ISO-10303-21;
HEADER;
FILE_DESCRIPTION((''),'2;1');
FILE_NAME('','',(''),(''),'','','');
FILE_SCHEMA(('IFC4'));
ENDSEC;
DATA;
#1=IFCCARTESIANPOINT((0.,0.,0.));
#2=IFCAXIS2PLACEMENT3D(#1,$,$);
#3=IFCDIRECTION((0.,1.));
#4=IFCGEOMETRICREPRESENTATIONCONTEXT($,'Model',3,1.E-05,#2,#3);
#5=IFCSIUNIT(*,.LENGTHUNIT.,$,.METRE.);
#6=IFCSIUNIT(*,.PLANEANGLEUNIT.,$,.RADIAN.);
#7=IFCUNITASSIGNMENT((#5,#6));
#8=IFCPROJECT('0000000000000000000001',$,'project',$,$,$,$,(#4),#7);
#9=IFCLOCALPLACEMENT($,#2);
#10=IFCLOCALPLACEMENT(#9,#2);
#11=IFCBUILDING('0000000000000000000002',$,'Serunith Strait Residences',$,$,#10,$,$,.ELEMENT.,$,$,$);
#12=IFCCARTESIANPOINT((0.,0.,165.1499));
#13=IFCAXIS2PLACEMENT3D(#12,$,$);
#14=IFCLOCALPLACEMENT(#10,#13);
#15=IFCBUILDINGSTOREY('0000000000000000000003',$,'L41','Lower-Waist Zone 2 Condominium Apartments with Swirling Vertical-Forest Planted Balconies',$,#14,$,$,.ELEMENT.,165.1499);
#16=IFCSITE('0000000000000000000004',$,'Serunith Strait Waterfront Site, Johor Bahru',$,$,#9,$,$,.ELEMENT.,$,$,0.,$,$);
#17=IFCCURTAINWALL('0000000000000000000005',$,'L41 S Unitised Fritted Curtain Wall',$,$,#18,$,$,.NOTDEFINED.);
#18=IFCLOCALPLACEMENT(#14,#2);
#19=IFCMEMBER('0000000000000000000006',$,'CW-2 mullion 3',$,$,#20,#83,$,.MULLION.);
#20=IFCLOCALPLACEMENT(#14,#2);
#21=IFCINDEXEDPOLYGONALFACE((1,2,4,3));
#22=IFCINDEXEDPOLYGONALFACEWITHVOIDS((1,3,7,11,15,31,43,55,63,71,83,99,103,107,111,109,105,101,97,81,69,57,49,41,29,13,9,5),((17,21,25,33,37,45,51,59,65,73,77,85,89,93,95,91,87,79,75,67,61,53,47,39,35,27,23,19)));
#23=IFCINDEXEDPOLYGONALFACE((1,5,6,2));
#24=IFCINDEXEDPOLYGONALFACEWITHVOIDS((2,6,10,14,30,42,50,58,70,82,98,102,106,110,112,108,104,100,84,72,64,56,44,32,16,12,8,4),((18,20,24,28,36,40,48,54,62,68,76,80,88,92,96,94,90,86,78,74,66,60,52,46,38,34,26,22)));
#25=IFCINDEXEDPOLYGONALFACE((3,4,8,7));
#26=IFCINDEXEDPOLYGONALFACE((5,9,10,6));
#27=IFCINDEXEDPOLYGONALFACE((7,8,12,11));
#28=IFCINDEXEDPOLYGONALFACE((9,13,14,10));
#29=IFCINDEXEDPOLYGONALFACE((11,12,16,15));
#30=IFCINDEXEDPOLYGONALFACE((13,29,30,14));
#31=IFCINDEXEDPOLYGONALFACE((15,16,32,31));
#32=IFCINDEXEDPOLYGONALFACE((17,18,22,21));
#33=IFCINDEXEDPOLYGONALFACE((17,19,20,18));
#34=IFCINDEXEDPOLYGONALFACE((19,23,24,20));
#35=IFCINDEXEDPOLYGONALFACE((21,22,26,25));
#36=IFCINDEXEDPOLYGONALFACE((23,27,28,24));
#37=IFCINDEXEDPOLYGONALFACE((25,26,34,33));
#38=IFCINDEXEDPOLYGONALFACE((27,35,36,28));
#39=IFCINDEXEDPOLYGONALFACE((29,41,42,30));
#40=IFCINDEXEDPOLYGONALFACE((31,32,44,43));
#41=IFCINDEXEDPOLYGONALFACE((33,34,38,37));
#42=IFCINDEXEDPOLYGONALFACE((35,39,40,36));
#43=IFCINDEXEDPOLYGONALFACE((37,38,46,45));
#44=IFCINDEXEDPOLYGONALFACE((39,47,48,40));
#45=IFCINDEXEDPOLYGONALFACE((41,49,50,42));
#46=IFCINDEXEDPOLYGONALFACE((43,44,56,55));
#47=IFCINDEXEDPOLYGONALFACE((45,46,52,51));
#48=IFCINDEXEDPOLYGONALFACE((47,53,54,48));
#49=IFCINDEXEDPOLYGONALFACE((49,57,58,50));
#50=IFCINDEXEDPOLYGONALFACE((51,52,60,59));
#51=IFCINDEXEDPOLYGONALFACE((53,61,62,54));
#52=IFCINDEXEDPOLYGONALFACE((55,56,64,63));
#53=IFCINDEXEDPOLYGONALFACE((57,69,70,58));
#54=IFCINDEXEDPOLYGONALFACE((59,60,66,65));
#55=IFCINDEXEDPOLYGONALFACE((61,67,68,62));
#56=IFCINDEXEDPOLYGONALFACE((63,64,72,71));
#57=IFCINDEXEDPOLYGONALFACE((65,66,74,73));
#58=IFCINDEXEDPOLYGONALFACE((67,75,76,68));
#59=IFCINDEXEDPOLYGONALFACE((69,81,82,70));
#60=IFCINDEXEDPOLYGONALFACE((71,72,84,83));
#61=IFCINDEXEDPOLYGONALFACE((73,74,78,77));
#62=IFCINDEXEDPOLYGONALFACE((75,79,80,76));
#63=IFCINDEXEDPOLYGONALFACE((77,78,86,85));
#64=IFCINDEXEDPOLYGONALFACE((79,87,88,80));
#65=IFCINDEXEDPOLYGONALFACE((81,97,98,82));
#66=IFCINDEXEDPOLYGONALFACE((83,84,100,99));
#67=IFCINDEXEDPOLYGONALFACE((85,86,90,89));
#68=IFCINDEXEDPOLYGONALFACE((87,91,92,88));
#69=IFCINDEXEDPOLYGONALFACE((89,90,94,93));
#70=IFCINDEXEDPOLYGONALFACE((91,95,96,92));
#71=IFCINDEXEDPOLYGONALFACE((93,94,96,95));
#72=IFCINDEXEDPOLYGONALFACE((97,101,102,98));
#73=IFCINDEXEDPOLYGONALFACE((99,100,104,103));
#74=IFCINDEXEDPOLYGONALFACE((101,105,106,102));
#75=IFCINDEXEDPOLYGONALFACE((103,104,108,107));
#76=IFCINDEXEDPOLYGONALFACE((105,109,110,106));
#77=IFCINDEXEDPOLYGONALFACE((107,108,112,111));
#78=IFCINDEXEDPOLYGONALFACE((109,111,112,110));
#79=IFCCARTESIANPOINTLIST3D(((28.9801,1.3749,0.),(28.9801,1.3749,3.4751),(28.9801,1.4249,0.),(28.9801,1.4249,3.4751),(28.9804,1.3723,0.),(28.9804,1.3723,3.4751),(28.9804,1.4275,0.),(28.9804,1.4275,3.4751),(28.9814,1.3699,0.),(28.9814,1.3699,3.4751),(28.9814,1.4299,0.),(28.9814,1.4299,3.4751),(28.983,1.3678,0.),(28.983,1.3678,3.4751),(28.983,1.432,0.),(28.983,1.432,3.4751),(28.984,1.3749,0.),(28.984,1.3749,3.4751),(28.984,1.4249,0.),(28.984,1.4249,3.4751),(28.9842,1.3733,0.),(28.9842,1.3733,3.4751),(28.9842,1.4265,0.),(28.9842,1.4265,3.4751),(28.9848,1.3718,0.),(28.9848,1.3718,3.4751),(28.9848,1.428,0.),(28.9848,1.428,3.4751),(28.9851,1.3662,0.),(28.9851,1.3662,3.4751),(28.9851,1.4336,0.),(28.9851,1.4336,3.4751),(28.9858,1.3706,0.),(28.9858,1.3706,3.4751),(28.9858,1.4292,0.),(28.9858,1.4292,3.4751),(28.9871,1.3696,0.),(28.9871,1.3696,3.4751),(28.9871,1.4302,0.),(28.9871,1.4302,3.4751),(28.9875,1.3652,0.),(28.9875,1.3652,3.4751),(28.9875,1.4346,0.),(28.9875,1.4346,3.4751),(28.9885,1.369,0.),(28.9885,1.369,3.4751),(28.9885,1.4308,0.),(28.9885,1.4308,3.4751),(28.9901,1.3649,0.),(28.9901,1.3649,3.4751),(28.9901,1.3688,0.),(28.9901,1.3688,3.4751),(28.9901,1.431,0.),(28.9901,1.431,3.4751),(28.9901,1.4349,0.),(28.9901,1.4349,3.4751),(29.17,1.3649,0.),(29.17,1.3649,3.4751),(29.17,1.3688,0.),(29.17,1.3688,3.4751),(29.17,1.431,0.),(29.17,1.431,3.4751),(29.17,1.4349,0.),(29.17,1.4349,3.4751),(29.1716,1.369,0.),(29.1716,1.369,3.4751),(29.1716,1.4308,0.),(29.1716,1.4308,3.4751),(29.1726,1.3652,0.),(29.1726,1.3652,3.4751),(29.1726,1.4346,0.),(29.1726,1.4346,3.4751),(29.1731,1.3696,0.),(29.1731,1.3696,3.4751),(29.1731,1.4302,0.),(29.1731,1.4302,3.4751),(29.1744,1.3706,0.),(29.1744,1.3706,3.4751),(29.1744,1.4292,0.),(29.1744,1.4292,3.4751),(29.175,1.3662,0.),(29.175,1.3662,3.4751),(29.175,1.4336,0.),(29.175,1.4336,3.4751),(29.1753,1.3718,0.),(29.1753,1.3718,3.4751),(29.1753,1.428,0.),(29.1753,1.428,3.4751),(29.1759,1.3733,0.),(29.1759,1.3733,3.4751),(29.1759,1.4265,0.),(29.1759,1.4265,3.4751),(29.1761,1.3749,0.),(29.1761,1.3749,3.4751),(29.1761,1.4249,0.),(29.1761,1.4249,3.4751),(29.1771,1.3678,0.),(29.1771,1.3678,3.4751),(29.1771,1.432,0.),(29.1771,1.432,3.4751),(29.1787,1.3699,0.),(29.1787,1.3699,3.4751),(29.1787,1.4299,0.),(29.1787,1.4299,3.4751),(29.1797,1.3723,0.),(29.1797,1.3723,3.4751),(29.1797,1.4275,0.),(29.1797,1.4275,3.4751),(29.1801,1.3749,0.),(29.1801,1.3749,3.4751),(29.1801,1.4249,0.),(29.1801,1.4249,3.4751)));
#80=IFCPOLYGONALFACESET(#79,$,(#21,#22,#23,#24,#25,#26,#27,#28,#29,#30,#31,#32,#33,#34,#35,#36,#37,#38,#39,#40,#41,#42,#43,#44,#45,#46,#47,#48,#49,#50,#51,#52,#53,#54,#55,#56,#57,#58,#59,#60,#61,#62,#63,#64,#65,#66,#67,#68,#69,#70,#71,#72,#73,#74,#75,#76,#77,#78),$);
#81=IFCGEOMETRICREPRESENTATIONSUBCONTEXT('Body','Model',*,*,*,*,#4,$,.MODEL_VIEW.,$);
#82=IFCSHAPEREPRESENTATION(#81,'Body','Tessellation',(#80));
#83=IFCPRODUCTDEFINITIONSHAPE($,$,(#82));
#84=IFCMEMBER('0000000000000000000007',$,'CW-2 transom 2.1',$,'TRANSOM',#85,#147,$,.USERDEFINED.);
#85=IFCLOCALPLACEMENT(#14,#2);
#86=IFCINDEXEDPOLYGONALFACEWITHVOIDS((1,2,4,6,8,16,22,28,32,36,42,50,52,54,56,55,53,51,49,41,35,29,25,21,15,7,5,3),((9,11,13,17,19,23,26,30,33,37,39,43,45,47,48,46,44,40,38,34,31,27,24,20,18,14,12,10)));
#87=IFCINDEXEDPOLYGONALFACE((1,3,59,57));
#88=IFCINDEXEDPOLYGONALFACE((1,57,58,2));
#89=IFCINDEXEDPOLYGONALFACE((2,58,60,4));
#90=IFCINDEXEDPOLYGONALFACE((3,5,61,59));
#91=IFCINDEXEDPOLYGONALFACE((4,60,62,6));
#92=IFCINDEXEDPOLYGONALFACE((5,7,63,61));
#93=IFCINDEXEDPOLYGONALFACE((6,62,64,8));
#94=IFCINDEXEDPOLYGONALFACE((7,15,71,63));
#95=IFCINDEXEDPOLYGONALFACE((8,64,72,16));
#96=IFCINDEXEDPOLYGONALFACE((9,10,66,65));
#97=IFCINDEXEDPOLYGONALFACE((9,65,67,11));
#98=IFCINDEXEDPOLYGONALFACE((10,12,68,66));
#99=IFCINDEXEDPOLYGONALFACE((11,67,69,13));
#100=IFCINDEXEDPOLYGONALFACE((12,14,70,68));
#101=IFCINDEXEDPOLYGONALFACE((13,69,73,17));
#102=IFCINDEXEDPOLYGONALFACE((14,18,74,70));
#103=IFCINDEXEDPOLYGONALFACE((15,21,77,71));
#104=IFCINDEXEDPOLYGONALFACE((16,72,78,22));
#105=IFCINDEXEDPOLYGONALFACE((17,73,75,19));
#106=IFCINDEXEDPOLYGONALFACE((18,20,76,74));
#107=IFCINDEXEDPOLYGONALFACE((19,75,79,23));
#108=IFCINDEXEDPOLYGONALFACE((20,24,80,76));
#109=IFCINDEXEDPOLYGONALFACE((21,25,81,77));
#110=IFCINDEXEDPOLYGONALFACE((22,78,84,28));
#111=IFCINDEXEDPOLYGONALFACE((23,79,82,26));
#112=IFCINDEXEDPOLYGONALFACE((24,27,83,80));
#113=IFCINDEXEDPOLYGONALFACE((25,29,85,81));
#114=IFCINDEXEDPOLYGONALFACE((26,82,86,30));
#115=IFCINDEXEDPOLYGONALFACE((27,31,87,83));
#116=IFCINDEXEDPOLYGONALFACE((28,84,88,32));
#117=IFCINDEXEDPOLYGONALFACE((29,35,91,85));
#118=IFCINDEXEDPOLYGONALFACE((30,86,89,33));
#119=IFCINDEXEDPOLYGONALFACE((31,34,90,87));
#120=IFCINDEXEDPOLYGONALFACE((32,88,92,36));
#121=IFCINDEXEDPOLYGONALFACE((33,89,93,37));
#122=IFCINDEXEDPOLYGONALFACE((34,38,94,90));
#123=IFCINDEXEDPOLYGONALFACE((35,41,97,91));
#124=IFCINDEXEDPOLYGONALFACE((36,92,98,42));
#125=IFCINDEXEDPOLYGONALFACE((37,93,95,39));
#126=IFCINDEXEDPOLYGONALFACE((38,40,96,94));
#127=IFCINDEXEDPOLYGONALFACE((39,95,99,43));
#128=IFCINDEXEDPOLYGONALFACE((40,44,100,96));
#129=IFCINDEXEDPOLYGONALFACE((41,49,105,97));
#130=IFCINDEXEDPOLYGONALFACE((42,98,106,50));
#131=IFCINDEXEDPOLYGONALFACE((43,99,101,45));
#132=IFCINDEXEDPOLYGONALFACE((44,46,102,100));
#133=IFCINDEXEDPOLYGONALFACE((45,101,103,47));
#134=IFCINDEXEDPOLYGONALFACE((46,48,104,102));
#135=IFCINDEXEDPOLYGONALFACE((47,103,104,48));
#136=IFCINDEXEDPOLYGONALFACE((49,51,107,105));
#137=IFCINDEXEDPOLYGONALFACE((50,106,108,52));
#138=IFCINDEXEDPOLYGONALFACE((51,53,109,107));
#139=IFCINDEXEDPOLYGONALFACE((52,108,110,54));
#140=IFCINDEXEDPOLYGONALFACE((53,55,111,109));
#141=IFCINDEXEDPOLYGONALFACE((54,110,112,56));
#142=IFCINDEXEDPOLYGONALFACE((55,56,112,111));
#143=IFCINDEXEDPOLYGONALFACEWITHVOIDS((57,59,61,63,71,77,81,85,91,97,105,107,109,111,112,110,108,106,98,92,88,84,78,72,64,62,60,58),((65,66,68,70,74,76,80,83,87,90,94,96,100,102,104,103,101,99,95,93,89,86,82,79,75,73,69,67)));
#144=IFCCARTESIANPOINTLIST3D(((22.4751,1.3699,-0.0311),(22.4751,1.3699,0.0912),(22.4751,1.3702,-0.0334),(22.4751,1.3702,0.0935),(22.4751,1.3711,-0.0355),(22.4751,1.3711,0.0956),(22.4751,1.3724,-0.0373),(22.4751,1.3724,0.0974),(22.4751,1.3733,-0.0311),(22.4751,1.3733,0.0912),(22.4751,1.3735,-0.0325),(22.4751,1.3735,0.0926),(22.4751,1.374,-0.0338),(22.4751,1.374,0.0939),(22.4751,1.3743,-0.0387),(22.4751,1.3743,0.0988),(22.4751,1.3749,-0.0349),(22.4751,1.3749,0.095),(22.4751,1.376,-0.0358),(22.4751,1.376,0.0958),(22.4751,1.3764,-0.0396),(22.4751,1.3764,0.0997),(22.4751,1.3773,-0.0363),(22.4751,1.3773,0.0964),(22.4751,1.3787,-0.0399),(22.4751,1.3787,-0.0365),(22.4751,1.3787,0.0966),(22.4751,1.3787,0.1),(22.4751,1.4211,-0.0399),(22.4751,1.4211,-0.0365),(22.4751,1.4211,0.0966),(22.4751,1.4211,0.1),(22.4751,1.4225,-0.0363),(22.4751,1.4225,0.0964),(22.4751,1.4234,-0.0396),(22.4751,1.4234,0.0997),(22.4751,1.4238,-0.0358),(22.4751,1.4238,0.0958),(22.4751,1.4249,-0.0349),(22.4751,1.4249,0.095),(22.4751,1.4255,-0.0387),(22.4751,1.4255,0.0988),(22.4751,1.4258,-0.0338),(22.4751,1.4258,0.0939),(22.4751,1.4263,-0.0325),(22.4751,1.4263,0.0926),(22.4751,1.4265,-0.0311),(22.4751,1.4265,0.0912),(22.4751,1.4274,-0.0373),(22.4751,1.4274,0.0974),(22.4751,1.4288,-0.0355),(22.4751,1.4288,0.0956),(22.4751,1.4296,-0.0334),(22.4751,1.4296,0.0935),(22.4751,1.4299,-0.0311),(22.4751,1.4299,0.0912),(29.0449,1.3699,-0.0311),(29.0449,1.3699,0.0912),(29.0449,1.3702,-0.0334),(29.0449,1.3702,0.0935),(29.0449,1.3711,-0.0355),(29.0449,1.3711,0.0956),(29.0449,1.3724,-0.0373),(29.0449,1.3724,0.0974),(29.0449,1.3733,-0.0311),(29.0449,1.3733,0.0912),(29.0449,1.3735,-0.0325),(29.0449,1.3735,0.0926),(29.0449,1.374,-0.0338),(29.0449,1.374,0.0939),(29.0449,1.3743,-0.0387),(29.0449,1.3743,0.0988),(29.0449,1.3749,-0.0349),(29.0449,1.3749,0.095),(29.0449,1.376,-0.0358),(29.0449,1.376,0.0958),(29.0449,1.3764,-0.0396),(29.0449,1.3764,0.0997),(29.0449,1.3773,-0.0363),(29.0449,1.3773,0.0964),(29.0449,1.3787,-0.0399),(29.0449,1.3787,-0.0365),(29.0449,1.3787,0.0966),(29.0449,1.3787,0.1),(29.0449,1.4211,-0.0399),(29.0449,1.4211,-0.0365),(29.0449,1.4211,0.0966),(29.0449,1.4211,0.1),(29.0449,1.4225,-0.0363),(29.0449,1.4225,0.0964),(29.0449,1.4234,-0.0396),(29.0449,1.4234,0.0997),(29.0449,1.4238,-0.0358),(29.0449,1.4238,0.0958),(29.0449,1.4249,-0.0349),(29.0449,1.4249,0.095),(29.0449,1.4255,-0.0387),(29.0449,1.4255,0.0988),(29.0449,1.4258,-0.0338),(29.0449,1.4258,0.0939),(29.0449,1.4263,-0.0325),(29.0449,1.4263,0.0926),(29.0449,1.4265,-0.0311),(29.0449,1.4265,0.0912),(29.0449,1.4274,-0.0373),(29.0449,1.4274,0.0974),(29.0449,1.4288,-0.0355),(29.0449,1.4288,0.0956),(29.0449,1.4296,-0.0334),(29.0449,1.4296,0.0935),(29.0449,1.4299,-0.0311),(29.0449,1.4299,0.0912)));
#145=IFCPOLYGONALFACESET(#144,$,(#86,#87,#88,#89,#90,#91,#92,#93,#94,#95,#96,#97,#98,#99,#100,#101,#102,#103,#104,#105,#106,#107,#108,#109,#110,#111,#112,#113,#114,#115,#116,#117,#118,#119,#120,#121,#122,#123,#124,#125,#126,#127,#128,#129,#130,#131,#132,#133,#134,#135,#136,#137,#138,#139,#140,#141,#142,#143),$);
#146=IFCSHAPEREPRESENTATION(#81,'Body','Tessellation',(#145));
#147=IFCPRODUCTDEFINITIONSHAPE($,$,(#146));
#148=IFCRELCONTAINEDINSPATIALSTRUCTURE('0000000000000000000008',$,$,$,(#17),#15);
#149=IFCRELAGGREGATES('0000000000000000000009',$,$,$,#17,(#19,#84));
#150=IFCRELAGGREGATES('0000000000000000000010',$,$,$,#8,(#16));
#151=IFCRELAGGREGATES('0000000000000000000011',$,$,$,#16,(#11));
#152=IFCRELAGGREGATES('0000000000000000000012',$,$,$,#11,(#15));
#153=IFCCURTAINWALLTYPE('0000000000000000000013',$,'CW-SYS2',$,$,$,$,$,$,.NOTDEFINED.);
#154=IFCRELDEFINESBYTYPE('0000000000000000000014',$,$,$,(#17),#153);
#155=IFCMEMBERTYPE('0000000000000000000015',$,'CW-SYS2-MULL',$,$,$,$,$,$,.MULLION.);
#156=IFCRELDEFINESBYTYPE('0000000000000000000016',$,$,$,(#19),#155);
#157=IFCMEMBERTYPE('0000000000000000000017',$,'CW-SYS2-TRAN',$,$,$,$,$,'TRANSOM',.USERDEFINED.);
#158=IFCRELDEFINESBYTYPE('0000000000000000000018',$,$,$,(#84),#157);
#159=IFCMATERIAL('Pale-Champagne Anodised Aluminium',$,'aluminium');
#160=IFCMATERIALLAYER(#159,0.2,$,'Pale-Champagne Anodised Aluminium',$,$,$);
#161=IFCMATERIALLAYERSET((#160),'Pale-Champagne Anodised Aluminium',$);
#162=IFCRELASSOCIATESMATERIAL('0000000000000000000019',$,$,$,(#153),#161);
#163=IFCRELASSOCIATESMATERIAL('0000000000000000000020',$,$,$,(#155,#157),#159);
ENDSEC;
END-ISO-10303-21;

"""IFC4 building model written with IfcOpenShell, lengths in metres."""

from ifc_helpers import new_model, si_unit, direction, frame, origin, origin_2d, place, context, subcontext, project, spatial, hollow_rectangle, extrude, source, transform, mapped, material, layer, layer_set, material_profile, profile_set, type_object, element, aggregate, save


model = new_model("IFC4")

# Units and contexts
model_context = context("Model", 3, precision=1e-05, world=origin(), true_north=direction((0.0, 1.0)))
body_context = subcontext(model_context, "Body", "Model", "MODEL_VIEW")
ifc_project = project(units=[si_unit("LENGTHUNIT", "METRE"), si_unit("PLANEANGLEUNIT", "RADIAN")], contexts=[model_context])

# Site, building, storey
site_placement = place(None, origin())
site = spatial("IfcSite", under=ifc_project, at=site_placement, Name="Serunith Strait Waterfront Site, Johor Bahru", CompositionType="ELEMENT", RefElevation=0.0)
building_placement = place(site_placement, origin())
building = spatial("IfcBuilding", under=site, at=building_placement, Name="Serunith Strait Residences", CompositionType="ELEMENT")
storey_placement = place(building_placement, frame((0.0, 0.0, 165.1499)))
storey = spatial("IfcBuildingStorey", under=building, at=storey_placement, Name="L41", Description="Lower-Waist Zone 2 Condominium Apartments with Swirling Vertical-Forest Planted Balconies", CompositionType="ELEMENT", Elevation=165.1499)

# Curtain wall, members
ifc_material_1 = material(Name="Pale-Champagne Anodised Aluminium", Category="aluminium")
ifc_layer_1 = layer(ifc_material_1, 0.2, Name="Pale-Champagne Anodised Aluminium")
ifc_layer_set_1 = layer_set([ifc_layer_1], Name="Pale-Champagne Anodised Aluminium")
curtain_wall_type = type_object("IfcCurtainWallType", Name="CW-SYS2", PredefinedType="NOTDEFINED", material=ifc_layer_set_1)
curtain_wall_placement = place(storey_placement, origin())
curtain_wall = element("IfcCurtainWall", 1, at=curtain_wall_placement, inside=storey, type_object=curtain_wall_type, Name="L41 S Unitised Fritted Curtain Wall", PredefinedType="NOTDEFINED")
ifc_material_profile_1 = material_profile(ifc_material_1, hollow_rectangle(XDim=0.0701, YDim=0.2, WallThickness=0.0039, InnerFilletRadius=0.0061, OuterFilletRadius=0.01, at=origin_2d()), Name="ALU 200x70x4")
ifc_profile_set_1 = profile_set([ifc_material_profile_1], Name="Pale-Champagne Anodised Aluminium")
member_type_1 = type_object("IfcMemberType", Name="CW-SYS2-MULL", PredefinedType="MULLION", material=ifc_profile_set_1)
shared_shape_1 = source(origin(), body_context, "Body", "SweptSolid", [
    extrude(hollow_rectangle(XDim=0.0701, YDim=0.2, WallThickness=0.0039, InnerFilletRadius=0.0061, OuterFilletRadius=0.01, at=origin_2d()), origin(), (0.0, 0.0, 1.0), 3.4751),
])
member_1_placement = place(storey_placement, frame((29.0801, 1.3999, 0.0), z_axis=(0.0, 0.0, 1.0), x_axis=(0.0, 1.0, 0.0)))
member_1 = element("IfcMember", 2, at=member_1_placement, type_object=member_type_1, Name="CW-2 mullion 3", PredefinedType="MULLION", context=body_context, shape_type="MappedRepresentation", body=[
    mapped(shared_shape_1, transform((0.0, 0.0, 0.0), scale=1.0)),
])
ifc_material_profile_2 = material_profile(ifc_material_1, hollow_rectangle(XDim=0.0601, YDim=0.1399, WallThickness=0.0034, InnerFilletRadius=0.0054, OuterFilletRadius=0.0088, at=origin_2d()), Name="ALU 140x60x3.5")
ifc_profile_set_2 = profile_set([ifc_material_profile_2], Name="Pale-Champagne Anodised Aluminium")
member_type_2 = type_object("IfcMemberType", Name="CW-SYS2-TRAN", ElementType="TRANSOM", PredefinedType="USERDEFINED", material=ifc_profile_set_2)
shared_shape_2 = source(origin(), body_context, "Body", "SweptSolid", [
    extrude(hollow_rectangle(XDim=0.0601, YDim=0.1399, WallThickness=0.0034, InnerFilletRadius=0.0054, OuterFilletRadius=0.0088, at=origin_2d()), origin(), (0.0, 0.0, 1.0), 6.5698),
])
member_2_placement = place(storey_placement, frame((22.4751, 1.3999, 0.03), z_axis=(1.0, 0.0, 0.0), x_axis=(0.0, 1.0, 0.0)))
member_2 = element("IfcMember", 3, at=member_2_placement, type_object=member_type_2, Name="CW-2 transom 2.1", ObjectType="TRANSOM", PredefinedType="USERDEFINED", context=body_context, shape_type="MappedRepresentation", body=[
    mapped(shared_shape_2, transform((0.0, 0.0, 0.0), scale=1.0)),
])
aggregate(curtain_wall, [member_1, member_2])

save(model, "model.ifc")
